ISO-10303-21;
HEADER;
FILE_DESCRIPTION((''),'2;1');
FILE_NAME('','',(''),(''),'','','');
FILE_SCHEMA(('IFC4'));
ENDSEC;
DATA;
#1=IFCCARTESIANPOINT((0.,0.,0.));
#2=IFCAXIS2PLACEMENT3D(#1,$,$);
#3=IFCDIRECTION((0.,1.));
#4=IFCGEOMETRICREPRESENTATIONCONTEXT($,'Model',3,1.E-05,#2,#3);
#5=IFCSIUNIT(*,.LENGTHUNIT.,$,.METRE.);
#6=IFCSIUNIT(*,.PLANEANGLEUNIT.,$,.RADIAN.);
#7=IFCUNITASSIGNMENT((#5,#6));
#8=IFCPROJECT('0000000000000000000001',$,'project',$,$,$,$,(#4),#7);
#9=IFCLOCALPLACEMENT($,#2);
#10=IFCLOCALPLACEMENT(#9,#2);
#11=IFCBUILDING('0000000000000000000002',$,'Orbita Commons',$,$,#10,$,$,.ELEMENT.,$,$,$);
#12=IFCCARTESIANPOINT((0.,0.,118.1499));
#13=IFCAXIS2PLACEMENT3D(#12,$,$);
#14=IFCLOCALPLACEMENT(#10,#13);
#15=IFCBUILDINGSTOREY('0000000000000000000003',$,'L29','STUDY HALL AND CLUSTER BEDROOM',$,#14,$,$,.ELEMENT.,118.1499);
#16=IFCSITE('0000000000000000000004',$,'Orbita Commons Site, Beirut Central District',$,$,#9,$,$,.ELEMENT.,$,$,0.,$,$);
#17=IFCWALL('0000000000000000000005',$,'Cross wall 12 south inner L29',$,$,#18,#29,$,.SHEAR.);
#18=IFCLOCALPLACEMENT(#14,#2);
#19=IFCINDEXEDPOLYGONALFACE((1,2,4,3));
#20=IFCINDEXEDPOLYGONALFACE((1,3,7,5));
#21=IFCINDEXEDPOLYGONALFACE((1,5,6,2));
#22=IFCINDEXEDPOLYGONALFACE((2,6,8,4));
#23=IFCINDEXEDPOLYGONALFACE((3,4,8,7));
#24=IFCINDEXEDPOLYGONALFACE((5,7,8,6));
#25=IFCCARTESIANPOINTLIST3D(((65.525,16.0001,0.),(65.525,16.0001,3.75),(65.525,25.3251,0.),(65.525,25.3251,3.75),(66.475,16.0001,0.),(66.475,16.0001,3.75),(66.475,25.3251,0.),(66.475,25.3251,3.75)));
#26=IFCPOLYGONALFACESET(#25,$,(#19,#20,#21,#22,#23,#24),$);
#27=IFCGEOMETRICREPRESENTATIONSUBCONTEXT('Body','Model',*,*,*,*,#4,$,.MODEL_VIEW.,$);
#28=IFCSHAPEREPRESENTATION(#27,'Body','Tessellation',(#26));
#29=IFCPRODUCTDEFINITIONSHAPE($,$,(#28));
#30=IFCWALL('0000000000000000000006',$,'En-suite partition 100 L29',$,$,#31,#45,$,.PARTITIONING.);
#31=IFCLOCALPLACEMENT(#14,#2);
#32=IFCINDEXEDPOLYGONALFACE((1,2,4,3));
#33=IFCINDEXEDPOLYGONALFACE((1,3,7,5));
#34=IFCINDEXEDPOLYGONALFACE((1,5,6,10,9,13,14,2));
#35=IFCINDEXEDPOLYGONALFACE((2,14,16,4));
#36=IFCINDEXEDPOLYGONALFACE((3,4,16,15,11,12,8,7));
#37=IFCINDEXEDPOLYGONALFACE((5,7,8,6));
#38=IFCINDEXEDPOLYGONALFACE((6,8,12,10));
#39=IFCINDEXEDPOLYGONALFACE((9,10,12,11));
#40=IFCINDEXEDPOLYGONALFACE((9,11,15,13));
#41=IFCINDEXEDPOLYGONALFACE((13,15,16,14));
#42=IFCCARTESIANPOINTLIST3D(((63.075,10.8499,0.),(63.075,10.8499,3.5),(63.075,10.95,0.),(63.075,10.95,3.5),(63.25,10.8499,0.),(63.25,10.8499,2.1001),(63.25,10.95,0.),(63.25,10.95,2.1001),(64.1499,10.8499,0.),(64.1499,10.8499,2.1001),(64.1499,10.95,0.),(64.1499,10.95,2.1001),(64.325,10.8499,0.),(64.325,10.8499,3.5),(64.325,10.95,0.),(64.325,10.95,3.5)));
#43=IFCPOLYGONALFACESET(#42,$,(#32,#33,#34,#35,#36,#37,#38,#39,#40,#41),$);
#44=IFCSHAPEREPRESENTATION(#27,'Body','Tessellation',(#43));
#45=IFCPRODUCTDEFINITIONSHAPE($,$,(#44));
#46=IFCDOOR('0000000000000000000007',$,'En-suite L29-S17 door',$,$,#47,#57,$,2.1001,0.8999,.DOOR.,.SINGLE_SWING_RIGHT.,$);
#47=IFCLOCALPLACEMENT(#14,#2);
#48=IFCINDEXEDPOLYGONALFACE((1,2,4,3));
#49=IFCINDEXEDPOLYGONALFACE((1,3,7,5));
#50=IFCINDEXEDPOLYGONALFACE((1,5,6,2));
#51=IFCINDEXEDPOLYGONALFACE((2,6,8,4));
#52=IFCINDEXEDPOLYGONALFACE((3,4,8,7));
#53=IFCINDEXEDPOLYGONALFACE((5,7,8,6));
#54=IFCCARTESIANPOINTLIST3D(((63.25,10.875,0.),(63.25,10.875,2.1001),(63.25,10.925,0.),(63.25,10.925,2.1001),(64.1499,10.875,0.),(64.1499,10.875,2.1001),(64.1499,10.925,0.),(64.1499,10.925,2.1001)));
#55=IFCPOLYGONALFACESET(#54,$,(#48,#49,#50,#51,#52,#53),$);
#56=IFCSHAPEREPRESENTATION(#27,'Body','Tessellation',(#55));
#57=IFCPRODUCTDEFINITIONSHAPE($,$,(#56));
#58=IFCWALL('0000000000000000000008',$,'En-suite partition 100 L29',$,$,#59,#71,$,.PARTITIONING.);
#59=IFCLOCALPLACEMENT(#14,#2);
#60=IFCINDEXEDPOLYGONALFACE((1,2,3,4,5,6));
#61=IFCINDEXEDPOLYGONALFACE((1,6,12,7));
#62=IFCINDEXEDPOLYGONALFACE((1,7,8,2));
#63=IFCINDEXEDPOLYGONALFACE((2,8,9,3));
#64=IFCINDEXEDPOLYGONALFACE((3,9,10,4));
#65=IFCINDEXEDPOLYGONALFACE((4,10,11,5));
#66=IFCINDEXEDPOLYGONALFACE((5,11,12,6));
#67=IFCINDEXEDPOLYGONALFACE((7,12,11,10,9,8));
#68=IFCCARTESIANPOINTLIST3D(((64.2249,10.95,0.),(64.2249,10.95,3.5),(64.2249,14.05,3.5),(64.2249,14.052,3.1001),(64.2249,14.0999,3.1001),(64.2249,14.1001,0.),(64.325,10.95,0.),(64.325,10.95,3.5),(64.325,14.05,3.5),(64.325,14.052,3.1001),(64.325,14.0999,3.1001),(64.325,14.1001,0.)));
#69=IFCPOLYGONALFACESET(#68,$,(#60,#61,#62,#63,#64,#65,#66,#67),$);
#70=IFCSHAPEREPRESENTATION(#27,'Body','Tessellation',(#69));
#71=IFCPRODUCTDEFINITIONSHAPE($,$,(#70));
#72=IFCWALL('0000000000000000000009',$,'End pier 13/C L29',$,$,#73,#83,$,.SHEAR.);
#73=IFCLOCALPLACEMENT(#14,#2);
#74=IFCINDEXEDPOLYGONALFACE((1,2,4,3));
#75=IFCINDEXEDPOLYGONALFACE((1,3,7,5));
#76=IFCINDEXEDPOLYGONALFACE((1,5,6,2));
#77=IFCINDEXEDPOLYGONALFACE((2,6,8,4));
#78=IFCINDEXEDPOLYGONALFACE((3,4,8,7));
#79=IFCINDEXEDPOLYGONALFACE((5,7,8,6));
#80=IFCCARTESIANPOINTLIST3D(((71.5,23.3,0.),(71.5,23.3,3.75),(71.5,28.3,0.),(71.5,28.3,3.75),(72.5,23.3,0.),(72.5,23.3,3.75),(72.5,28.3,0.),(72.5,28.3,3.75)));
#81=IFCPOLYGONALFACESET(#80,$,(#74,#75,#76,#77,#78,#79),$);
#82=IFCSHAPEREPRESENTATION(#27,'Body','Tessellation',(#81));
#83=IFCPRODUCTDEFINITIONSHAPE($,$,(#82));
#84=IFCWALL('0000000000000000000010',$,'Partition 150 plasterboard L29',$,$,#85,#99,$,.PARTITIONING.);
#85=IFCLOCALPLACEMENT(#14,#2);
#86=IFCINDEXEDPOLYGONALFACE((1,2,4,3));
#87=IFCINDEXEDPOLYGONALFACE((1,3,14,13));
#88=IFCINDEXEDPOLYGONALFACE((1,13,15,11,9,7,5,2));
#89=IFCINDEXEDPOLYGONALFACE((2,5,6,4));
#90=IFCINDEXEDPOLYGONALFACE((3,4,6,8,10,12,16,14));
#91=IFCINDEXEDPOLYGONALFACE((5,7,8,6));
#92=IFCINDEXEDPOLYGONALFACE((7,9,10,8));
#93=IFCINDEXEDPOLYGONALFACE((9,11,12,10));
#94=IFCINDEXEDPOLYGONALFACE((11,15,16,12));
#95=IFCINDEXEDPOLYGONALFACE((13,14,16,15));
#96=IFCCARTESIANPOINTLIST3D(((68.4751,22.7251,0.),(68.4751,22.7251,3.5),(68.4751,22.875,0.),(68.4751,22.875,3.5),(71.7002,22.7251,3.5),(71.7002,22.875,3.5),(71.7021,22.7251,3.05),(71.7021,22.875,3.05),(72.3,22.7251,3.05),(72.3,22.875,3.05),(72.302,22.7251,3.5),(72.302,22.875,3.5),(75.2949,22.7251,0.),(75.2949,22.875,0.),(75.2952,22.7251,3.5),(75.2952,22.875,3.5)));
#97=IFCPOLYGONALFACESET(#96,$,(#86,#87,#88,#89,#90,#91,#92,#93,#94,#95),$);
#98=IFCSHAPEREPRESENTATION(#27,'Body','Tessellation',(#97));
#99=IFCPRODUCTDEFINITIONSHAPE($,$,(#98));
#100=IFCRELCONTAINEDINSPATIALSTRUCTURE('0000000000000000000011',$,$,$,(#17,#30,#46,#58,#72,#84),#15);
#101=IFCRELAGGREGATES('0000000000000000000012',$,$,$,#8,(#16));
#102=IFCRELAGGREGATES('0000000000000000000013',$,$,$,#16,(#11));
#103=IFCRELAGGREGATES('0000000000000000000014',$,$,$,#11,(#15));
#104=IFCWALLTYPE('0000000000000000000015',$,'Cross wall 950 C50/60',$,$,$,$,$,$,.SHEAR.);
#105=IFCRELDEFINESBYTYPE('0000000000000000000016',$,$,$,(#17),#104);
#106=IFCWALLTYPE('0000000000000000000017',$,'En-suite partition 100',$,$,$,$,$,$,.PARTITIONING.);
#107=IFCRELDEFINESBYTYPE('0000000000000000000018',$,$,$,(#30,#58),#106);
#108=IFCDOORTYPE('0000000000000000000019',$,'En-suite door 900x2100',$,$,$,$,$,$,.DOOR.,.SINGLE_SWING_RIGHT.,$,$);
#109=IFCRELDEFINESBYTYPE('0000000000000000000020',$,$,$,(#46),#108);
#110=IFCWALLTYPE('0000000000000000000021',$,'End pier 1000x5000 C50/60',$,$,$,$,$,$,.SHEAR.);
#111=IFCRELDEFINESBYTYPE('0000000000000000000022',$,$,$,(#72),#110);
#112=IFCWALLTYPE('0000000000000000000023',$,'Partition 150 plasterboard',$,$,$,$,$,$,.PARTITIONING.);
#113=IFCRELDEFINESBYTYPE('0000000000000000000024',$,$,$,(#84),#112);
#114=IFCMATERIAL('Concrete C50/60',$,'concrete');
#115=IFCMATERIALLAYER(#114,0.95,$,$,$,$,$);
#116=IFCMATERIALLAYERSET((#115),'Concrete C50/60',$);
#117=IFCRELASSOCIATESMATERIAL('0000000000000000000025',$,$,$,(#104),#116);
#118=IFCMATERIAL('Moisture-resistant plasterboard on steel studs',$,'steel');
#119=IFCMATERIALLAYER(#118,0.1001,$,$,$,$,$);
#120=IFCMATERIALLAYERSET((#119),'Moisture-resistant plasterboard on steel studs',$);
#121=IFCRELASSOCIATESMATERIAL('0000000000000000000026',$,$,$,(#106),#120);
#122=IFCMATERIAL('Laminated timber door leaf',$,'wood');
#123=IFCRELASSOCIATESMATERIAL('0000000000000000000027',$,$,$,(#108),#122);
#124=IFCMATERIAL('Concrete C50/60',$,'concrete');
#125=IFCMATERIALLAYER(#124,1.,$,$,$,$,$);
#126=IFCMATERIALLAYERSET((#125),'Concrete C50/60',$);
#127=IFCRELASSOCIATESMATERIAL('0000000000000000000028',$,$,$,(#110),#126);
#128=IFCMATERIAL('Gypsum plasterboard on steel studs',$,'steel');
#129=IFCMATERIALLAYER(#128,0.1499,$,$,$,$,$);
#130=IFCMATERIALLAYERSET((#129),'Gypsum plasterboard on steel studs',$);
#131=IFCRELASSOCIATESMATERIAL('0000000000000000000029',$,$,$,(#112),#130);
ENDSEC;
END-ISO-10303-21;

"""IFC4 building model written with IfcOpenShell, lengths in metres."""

from ifc_helpers import new_model, si_unit, direction, frame, frame_2d, origin, place, context, subcontext, project, spatial, polyline, rectangle, outline, extrude, material, layer, layer_set, type_object, element, fill, save


model = new_model("IFC4")

# Units and contexts
model_context = context("Model", 3, precision=1e-05, world=origin(), true_north=direction((0.0, 1.0)))
body_context = subcontext(model_context, "Body", "Model", "MODEL_VIEW")
ifc_project = project(units=[si_unit("LENGTHUNIT", "METRE"), si_unit("PLANEANGLEUNIT", "RADIAN")], contexts=[model_context])

# Site, building, storey
site_placement = place(None, origin())
site = spatial("IfcSite", under=ifc_project, at=site_placement, Name="Orbita Commons Site, Beirut Central District", CompositionType="ELEMENT", RefElevation=0.0)
building_placement = place(site_placement, origin())
building = spatial("IfcBuilding", under=site, at=building_placement, Name="Orbita Commons", CompositionType="ELEMENT")
storey_placement = place(building_placement, frame((0.0, 0.0, 118.1499)))
storey = spatial("IfcBuildingStorey", under=building, at=storey_placement, Name="L29", Description="STUDY HALL AND CLUSTER BEDROOM", CompositionType="ELEMENT", Elevation=118.1499)

# Wall
ifc_material_1 = material(Name="Concrete C50/60", Category="concrete")
ifc_layer_1 = layer(ifc_material_1, 0.95)
ifc_layer_set_1 = layer_set([ifc_layer_1], Name="Concrete C50/60")
wall_type_1 = type_object("IfcWallType", Name="Cross wall 950 C50/60", PredefinedType="SHEAR", material=ifc_layer_set_1)
wall_1_placement = place(storey_placement, frame((66.0, 16.0, 0.0), z_axis=(0.0, 0.0, 1.0), x_axis=(0.0, 1.0, 0.0)))
element("IfcWall", 1, at=wall_1_placement, inside=storey, type_object=wall_type_1, Name="Cross wall 12 south inner L29", PredefinedType="SHEAR", context=body_context, shape_type="SweptSolid", body=[
    extrude(rectangle(XDim=9.325, YDim=0.95, at=frame_2d((4.6626, 0.0))), origin(), (0.0, 0.0, 1.0), 3.75),
])

# Wall, opening, door
ifc_material_2 = material(Name="Moisture-resistant plasterboard on steel studs", Category="steel")
ifc_layer_2 = layer(ifc_material_2, 0.1001)
ifc_layer_set_2 = layer_set([ifc_layer_2], Name="Moisture-resistant plasterboard on steel studs")
wall_type_2 = type_object("IfcWallType", Name="En-suite partition 100", PredefinedType="PARTITIONING", material=ifc_layer_set_2)
wall_2_placement = place(storey_placement, frame((64.325, 10.8999, 0.0), z_axis=(0.0, 0.0, 1.0), x_axis=(-1.0, 0.0, 0.0)))
wall_2 = element("IfcWall", 2, at=wall_2_placement, inside=storey, type_object=wall_type_2, Name="En-suite partition 100 L29", PredefinedType="PARTITIONING", context=body_context, shape_type="SweptSolid", body=[
    extrude(rectangle(XDim=1.25, YDim=0.1001, at=frame_2d((0.625, 0.0))), origin(), (0.0, 0.0, 1.0), 3.5),
])
opening_1_placement = place(wall_2_placement, frame((0.175, 0.0, 0.0)))
opening_1 = element("IfcOpeningElement", 3, at=opening_1_placement, cuts=wall_2, PredefinedType="OPENING", context=body_context, shape_type="SweptSolid", body=[
    extrude(rectangle(XDim=0.8999, YDim=2.1001, at=frame_2d((0.45, 1.05))), frame((0.0, 0.0601, 0.0), z_axis=(0.0, -1.0, 0.0), x_axis=(1.0, 0.0, 0.0)), (0.0, 0.0, 1.0), 0.1201),
])
ifc_material_3 = material(Name="Laminated timber door leaf", Category="wood")
door_type_1 = type_object("IfcDoorType", Name="En-suite door 900x2100", OperationType="SINGLE_SWING_RIGHT", PredefinedType="DOOR", material=ifc_material_3)
door_1_placement = place(opening_1_placement, origin())
door_1 = element("IfcDoor", 4, at=door_1_placement, inside=storey, type_object=door_type_1, Name="En-suite L29-S17 door", OperationType="SINGLE_SWING_RIGHT", OverallHeight=2.1001, OverallWidth=0.8999, PredefinedType="DOOR", context=body_context, shape_type="SweptSolid", body=[
    extrude(rectangle(XDim=0.8999, YDim=2.1001, at=frame_2d((0.45, 1.05))), frame((0.0, 0.0249, 0.0), z_axis=(0.0, -1.0, 0.0), x_axis=(1.0, 0.0, 0.0)), (0.0, 0.0, 1.0), 0.05),
])
fill(opening_1, door_1)

# Walls
wall_3_placement = place(storey_placement, frame((64.2749, 10.95, 0.0), z_axis=(0.0, 0.0, 1.0), x_axis=(0.0, 1.0, 0.0)))
element("IfcWall", 5, at=wall_3_placement, inside=storey, type_object=wall_type_2, Name="En-suite partition 100 L29", PredefinedType="PARTITIONING", context=body_context, shape_type="SweptSolid", body=[
    extrude(outline(polyline([(0.0, 0.0), (3.1501, 0.0), (3.1499, 3.1001), (3.1021, 3.1001), (3.1001, 3.5), (0.0, 3.5), (0.0, 0.0)])), frame((0.0, 0.05, 0.0), z_axis=(0.0, -1.0, 0.0), x_axis=(1.0, 0.0, 0.0)), (0.0, 0.0, 1.0), 0.1001),
])
ifc_material_4 = material(Name="Concrete C50/60", Category="concrete")
ifc_layer_3 = layer(ifc_material_4, 1.0)
ifc_layer_set_3 = layer_set([ifc_layer_3], Name="Concrete C50/60")
wall_type_3 = type_object("IfcWallType", Name="End pier 1000x5000 C50/60", PredefinedType="SHEAR", material=ifc_layer_set_3)
wall_4_placement = place(storey_placement, frame((72.0, 23.3, 0.0), z_axis=(0.0, 0.0, 1.0), x_axis=(0.0, 1.0, 0.0)))
element("IfcWall", 6, at=wall_4_placement, inside=storey, type_object=wall_type_3, Name="End pier 13/C L29", PredefinedType="SHEAR", context=body_context, shape_type="SweptSolid", body=[
    extrude(rectangle(XDim=5.0, YDim=1.0, at=frame_2d((2.5, 0.0))), origin(), (0.0, 0.0, 1.0), 3.75),
])
ifc_material_5 = material(Name="Gypsum plasterboard on steel studs", Category="steel")
ifc_layer_4 = layer(ifc_material_5, 0.1499)
ifc_layer_set_4 = layer_set([ifc_layer_4], Name="Gypsum plasterboard on steel studs")
wall_type_4 = type_object("IfcWallType", Name="Partition 150 plasterboard", PredefinedType="PARTITIONING", material=ifc_layer_set_4)
wall_5_placement = place(storey_placement, frame((68.4751, 22.8, 0.0), z_axis=(0.0, 0.0, 1.0), x_axis=(1.0, 0.0, 0.0)))
element("IfcWall", 7, at=wall_5_placement, inside=storey, type_object=wall_type_4, Name="Partition 150 plasterboard L29", PredefinedType="PARTITIONING", context=body_context, shape_type="SweptSolid", body=[
    extrude(outline(polyline([(0.0, 0.0), (6.8198, 0.0), (6.8201, 3.5), (3.8269, 3.5), (3.825, 3.05), (3.2271, 3.05), (3.2251, 3.5), (0.0, 3.5), (0.0, 0.0)])), frame((0.0, 0.075, 0.0), z_axis=(0.0, -1.0, 0.0), x_axis=(1.0, 0.0, 0.0)), (0.0, 0.0, 1.0), 0.1499),
])

save(model, "model.ifc")
